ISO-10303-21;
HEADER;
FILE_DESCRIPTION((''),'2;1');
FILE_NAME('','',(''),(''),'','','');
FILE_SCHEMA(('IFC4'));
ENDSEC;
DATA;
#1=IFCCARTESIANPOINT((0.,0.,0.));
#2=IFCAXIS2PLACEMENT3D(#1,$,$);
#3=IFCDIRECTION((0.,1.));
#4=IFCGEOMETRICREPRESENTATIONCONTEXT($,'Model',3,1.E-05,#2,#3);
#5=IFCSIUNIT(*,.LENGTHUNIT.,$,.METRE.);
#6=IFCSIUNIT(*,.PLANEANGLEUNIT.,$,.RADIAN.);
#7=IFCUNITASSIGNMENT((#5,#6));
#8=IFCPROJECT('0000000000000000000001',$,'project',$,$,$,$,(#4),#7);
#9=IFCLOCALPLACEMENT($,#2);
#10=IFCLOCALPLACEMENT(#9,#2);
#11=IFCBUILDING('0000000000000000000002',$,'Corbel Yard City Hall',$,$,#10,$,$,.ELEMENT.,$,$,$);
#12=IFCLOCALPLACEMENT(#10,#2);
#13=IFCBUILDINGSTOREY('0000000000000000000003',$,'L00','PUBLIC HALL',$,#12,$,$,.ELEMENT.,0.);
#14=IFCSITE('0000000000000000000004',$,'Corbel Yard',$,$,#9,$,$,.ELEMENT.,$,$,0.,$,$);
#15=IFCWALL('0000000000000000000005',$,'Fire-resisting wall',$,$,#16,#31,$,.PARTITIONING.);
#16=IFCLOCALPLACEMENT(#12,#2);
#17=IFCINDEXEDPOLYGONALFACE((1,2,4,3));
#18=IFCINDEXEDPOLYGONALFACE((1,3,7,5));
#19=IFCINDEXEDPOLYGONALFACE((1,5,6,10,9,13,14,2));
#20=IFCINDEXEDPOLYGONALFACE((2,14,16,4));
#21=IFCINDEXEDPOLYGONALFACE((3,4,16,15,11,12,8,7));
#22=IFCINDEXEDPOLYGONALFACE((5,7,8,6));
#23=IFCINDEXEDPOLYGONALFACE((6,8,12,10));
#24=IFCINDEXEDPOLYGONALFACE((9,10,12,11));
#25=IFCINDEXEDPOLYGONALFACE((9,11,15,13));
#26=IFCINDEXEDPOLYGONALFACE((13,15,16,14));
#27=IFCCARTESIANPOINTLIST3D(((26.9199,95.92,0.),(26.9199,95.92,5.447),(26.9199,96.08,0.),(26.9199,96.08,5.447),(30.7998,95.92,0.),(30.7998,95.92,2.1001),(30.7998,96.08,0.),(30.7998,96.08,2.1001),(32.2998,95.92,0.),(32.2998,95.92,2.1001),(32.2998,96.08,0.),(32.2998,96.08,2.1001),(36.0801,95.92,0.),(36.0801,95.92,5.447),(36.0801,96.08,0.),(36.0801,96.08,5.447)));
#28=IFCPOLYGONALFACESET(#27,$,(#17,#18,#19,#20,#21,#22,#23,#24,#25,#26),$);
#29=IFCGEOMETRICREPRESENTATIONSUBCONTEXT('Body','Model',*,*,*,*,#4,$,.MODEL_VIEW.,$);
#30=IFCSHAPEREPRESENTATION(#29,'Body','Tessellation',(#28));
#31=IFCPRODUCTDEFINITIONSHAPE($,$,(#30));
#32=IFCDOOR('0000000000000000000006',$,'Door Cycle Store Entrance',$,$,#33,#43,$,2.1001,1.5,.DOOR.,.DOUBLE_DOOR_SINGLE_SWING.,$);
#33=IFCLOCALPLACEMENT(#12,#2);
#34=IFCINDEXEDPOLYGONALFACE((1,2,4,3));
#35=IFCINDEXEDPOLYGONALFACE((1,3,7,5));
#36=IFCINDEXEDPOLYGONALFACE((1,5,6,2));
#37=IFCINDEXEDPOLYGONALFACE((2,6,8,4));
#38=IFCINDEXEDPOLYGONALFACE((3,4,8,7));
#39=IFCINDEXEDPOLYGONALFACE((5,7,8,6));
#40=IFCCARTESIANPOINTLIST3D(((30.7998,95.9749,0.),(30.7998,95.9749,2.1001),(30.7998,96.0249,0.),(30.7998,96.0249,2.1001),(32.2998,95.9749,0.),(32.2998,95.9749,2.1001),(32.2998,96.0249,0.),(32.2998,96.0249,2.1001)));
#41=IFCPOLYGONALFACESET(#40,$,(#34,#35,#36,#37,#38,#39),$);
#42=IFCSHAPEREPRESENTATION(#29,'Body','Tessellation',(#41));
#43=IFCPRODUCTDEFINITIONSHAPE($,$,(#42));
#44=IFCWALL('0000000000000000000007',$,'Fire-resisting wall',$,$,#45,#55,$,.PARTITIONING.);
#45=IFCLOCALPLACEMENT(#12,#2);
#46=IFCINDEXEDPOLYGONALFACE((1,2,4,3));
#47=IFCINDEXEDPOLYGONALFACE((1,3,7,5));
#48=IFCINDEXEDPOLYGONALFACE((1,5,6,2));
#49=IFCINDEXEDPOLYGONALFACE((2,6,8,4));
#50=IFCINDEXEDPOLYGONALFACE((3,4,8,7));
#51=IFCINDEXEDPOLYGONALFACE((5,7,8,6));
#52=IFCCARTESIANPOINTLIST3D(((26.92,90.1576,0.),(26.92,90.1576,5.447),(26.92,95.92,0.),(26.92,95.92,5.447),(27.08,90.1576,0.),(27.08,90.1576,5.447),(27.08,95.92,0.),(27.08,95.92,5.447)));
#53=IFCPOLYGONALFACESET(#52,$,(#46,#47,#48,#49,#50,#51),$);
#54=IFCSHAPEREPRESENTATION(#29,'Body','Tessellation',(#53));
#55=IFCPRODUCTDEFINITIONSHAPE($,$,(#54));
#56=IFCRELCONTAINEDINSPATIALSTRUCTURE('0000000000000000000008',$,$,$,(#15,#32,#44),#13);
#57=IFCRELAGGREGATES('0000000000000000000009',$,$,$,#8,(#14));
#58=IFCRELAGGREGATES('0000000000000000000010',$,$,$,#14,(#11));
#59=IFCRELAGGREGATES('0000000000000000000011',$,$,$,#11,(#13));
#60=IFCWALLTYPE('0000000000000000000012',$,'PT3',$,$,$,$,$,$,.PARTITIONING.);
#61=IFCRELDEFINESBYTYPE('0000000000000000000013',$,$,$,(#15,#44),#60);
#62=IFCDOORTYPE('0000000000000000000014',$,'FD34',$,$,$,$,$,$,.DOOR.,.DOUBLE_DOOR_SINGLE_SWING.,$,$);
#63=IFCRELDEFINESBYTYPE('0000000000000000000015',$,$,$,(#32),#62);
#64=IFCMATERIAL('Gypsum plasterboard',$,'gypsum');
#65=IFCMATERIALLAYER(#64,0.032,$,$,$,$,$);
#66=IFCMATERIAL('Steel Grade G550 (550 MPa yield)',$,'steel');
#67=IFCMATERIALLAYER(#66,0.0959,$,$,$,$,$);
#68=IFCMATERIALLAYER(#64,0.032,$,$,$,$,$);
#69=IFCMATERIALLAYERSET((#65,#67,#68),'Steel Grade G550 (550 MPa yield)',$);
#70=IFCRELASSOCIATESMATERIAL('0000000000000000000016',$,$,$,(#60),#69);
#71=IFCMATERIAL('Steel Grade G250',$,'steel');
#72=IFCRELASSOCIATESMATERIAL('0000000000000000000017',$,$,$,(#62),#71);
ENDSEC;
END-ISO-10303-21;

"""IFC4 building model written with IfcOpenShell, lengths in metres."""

from ifc_helpers import new_model, si_unit, direction, frame, frame_2d, origin, place, context, subcontext, project, spatial, rectangle, extrude, material, layer, layer_set, type_object, element, fill, save


model = new_model("IFC4")

# Units and contexts
model_context = context("Model", 3, precision=1e-05, world=origin(), true_north=direction((0.0, 1.0)))
body_context = subcontext(model_context, "Body", "Model", "MODEL_VIEW")
ifc_project = project(units=[si_unit("LENGTHUNIT", "METRE"), si_unit("PLANEANGLEUNIT", "RADIAN")], contexts=[model_context])

# Site, building, storey
site_placement = place(None, origin())
site = spatial("IfcSite", under=ifc_project, at=site_placement, Name="Corbel Yard", CompositionType="ELEMENT", RefElevation=0.0)
building_placement = place(site_placement, origin())
building = spatial("IfcBuilding", under=site, at=building_placement, Name="Corbel Yard City Hall", CompositionType="ELEMENT")
storey_placement = place(building_placement, origin())
storey = spatial("IfcBuildingStorey", under=building, at=storey_placement, Name="L00", Description="PUBLIC HALL", CompositionType="ELEMENT", Elevation=0.0)

# Wall, opening, door
ifc_material_1 = material(Name="Gypsum plasterboard", Category="gypsum")
ifc_layer_1 = layer(ifc_material_1, 0.032)
ifc_material_2 = material(Name="Steel Grade G550 (550 MPa yield)", Category="steel")
ifc_layer_2 = layer(ifc_material_2, 0.0959)
ifc_layer_3 = layer(ifc_material_1, 0.032)
ifc_layer_set_1 = layer_set([ifc_layer_1, ifc_layer_2, ifc_layer_3], Name="Steel Grade G550 (550 MPa yield)")
wall_type_1 = type_object("IfcWallType", Name="PT3", PredefinedType="PARTITIONING", material=ifc_layer_set_1)
wall_1_placement = place(storey_placement, frame((26.9199, 96.0, 0.0), z_axis=(0.0, 0.0, 1.0), x_axis=(1.0, 0.0, 0.0)))
wall_1 = element("IfcWall", 1, at=wall_1_placement, inside=storey, type_object=wall_type_1, Name="Fire-resisting wall", PredefinedType="PARTITIONING", context=body_context, shape_type="SweptSolid", body=[
    extrude(rectangle(XDim=9.1602, YDim=0.1599, at=frame_2d((4.5801, 0.0))), origin(), (0.0, 0.0, 1.0), 5.447),
])
opening_1_placement = place(wall_1_placement, frame((3.8799, 0.0, 0.0)))
opening_1 = element("IfcOpeningElement", 2, at=opening_1_placement, cuts=wall_1, PredefinedType="OPENING", context=body_context, shape_type="SweptSolid", body=[
    extrude(rectangle(XDim=1.5, YDim=2.1001, at=frame_2d((0.75, 1.05))), frame((0.0, 0.0898, 0.0), z_axis=(0.0, -1.0, 0.0), x_axis=(1.0, 0.0, 0.0)), (0.0, 0.0, 1.0), 0.1799),
])
ifc_material_3 = material(Name="Steel Grade G250", Category="steel")
door_type_1 = type_object("IfcDoorType", Name="FD34", OperationType="DOUBLE_DOOR_SINGLE_SWING", PredefinedType="DOOR", material=ifc_material_3)
door_1_placement = place(opening_1_placement, origin())
door_1 = element("IfcDoor", 3, at=door_1_placement, inside=storey, type_object=door_type_1, Name="Door Cycle Store Entrance", OperationType="DOUBLE_DOOR_SINGLE_SWING", OverallHeight=2.1001, OverallWidth=1.5, PredefinedType="DOOR", context=body_context, shape_type="SweptSolid", body=[
    extrude(rectangle(XDim=1.5, YDim=2.1001, at=frame_2d((0.75, 1.05))), frame((0.0, 0.0249, 0.0), z_axis=(0.0, -1.0, 0.0), x_axis=(1.0, 0.0, 0.0)), (0.0, 0.0, 1.0), 0.05),
])
fill(opening_1, door_1)

# Wall
wall_2_placement = place(storey_placement, frame((27.0, 90.1575, 0.0), z_axis=(0.0, 0.0, 1.0), x_axis=(0.0, 1.0, 0.0)))
element("IfcWall", 4, at=wall_2_placement, inside=storey, type_object=wall_type_1, Name="Fire-resisting wall", PredefinedType="PARTITIONING", context=body_context, shape_type="SweptSolid", body=[
    extrude(rectangle(XDim=5.7625, YDim=0.1599, at=frame_2d((2.8813, 0.0))), origin(), (0.0, 0.0, 1.0), 5.447),
])

save(model, "model.ifc")
